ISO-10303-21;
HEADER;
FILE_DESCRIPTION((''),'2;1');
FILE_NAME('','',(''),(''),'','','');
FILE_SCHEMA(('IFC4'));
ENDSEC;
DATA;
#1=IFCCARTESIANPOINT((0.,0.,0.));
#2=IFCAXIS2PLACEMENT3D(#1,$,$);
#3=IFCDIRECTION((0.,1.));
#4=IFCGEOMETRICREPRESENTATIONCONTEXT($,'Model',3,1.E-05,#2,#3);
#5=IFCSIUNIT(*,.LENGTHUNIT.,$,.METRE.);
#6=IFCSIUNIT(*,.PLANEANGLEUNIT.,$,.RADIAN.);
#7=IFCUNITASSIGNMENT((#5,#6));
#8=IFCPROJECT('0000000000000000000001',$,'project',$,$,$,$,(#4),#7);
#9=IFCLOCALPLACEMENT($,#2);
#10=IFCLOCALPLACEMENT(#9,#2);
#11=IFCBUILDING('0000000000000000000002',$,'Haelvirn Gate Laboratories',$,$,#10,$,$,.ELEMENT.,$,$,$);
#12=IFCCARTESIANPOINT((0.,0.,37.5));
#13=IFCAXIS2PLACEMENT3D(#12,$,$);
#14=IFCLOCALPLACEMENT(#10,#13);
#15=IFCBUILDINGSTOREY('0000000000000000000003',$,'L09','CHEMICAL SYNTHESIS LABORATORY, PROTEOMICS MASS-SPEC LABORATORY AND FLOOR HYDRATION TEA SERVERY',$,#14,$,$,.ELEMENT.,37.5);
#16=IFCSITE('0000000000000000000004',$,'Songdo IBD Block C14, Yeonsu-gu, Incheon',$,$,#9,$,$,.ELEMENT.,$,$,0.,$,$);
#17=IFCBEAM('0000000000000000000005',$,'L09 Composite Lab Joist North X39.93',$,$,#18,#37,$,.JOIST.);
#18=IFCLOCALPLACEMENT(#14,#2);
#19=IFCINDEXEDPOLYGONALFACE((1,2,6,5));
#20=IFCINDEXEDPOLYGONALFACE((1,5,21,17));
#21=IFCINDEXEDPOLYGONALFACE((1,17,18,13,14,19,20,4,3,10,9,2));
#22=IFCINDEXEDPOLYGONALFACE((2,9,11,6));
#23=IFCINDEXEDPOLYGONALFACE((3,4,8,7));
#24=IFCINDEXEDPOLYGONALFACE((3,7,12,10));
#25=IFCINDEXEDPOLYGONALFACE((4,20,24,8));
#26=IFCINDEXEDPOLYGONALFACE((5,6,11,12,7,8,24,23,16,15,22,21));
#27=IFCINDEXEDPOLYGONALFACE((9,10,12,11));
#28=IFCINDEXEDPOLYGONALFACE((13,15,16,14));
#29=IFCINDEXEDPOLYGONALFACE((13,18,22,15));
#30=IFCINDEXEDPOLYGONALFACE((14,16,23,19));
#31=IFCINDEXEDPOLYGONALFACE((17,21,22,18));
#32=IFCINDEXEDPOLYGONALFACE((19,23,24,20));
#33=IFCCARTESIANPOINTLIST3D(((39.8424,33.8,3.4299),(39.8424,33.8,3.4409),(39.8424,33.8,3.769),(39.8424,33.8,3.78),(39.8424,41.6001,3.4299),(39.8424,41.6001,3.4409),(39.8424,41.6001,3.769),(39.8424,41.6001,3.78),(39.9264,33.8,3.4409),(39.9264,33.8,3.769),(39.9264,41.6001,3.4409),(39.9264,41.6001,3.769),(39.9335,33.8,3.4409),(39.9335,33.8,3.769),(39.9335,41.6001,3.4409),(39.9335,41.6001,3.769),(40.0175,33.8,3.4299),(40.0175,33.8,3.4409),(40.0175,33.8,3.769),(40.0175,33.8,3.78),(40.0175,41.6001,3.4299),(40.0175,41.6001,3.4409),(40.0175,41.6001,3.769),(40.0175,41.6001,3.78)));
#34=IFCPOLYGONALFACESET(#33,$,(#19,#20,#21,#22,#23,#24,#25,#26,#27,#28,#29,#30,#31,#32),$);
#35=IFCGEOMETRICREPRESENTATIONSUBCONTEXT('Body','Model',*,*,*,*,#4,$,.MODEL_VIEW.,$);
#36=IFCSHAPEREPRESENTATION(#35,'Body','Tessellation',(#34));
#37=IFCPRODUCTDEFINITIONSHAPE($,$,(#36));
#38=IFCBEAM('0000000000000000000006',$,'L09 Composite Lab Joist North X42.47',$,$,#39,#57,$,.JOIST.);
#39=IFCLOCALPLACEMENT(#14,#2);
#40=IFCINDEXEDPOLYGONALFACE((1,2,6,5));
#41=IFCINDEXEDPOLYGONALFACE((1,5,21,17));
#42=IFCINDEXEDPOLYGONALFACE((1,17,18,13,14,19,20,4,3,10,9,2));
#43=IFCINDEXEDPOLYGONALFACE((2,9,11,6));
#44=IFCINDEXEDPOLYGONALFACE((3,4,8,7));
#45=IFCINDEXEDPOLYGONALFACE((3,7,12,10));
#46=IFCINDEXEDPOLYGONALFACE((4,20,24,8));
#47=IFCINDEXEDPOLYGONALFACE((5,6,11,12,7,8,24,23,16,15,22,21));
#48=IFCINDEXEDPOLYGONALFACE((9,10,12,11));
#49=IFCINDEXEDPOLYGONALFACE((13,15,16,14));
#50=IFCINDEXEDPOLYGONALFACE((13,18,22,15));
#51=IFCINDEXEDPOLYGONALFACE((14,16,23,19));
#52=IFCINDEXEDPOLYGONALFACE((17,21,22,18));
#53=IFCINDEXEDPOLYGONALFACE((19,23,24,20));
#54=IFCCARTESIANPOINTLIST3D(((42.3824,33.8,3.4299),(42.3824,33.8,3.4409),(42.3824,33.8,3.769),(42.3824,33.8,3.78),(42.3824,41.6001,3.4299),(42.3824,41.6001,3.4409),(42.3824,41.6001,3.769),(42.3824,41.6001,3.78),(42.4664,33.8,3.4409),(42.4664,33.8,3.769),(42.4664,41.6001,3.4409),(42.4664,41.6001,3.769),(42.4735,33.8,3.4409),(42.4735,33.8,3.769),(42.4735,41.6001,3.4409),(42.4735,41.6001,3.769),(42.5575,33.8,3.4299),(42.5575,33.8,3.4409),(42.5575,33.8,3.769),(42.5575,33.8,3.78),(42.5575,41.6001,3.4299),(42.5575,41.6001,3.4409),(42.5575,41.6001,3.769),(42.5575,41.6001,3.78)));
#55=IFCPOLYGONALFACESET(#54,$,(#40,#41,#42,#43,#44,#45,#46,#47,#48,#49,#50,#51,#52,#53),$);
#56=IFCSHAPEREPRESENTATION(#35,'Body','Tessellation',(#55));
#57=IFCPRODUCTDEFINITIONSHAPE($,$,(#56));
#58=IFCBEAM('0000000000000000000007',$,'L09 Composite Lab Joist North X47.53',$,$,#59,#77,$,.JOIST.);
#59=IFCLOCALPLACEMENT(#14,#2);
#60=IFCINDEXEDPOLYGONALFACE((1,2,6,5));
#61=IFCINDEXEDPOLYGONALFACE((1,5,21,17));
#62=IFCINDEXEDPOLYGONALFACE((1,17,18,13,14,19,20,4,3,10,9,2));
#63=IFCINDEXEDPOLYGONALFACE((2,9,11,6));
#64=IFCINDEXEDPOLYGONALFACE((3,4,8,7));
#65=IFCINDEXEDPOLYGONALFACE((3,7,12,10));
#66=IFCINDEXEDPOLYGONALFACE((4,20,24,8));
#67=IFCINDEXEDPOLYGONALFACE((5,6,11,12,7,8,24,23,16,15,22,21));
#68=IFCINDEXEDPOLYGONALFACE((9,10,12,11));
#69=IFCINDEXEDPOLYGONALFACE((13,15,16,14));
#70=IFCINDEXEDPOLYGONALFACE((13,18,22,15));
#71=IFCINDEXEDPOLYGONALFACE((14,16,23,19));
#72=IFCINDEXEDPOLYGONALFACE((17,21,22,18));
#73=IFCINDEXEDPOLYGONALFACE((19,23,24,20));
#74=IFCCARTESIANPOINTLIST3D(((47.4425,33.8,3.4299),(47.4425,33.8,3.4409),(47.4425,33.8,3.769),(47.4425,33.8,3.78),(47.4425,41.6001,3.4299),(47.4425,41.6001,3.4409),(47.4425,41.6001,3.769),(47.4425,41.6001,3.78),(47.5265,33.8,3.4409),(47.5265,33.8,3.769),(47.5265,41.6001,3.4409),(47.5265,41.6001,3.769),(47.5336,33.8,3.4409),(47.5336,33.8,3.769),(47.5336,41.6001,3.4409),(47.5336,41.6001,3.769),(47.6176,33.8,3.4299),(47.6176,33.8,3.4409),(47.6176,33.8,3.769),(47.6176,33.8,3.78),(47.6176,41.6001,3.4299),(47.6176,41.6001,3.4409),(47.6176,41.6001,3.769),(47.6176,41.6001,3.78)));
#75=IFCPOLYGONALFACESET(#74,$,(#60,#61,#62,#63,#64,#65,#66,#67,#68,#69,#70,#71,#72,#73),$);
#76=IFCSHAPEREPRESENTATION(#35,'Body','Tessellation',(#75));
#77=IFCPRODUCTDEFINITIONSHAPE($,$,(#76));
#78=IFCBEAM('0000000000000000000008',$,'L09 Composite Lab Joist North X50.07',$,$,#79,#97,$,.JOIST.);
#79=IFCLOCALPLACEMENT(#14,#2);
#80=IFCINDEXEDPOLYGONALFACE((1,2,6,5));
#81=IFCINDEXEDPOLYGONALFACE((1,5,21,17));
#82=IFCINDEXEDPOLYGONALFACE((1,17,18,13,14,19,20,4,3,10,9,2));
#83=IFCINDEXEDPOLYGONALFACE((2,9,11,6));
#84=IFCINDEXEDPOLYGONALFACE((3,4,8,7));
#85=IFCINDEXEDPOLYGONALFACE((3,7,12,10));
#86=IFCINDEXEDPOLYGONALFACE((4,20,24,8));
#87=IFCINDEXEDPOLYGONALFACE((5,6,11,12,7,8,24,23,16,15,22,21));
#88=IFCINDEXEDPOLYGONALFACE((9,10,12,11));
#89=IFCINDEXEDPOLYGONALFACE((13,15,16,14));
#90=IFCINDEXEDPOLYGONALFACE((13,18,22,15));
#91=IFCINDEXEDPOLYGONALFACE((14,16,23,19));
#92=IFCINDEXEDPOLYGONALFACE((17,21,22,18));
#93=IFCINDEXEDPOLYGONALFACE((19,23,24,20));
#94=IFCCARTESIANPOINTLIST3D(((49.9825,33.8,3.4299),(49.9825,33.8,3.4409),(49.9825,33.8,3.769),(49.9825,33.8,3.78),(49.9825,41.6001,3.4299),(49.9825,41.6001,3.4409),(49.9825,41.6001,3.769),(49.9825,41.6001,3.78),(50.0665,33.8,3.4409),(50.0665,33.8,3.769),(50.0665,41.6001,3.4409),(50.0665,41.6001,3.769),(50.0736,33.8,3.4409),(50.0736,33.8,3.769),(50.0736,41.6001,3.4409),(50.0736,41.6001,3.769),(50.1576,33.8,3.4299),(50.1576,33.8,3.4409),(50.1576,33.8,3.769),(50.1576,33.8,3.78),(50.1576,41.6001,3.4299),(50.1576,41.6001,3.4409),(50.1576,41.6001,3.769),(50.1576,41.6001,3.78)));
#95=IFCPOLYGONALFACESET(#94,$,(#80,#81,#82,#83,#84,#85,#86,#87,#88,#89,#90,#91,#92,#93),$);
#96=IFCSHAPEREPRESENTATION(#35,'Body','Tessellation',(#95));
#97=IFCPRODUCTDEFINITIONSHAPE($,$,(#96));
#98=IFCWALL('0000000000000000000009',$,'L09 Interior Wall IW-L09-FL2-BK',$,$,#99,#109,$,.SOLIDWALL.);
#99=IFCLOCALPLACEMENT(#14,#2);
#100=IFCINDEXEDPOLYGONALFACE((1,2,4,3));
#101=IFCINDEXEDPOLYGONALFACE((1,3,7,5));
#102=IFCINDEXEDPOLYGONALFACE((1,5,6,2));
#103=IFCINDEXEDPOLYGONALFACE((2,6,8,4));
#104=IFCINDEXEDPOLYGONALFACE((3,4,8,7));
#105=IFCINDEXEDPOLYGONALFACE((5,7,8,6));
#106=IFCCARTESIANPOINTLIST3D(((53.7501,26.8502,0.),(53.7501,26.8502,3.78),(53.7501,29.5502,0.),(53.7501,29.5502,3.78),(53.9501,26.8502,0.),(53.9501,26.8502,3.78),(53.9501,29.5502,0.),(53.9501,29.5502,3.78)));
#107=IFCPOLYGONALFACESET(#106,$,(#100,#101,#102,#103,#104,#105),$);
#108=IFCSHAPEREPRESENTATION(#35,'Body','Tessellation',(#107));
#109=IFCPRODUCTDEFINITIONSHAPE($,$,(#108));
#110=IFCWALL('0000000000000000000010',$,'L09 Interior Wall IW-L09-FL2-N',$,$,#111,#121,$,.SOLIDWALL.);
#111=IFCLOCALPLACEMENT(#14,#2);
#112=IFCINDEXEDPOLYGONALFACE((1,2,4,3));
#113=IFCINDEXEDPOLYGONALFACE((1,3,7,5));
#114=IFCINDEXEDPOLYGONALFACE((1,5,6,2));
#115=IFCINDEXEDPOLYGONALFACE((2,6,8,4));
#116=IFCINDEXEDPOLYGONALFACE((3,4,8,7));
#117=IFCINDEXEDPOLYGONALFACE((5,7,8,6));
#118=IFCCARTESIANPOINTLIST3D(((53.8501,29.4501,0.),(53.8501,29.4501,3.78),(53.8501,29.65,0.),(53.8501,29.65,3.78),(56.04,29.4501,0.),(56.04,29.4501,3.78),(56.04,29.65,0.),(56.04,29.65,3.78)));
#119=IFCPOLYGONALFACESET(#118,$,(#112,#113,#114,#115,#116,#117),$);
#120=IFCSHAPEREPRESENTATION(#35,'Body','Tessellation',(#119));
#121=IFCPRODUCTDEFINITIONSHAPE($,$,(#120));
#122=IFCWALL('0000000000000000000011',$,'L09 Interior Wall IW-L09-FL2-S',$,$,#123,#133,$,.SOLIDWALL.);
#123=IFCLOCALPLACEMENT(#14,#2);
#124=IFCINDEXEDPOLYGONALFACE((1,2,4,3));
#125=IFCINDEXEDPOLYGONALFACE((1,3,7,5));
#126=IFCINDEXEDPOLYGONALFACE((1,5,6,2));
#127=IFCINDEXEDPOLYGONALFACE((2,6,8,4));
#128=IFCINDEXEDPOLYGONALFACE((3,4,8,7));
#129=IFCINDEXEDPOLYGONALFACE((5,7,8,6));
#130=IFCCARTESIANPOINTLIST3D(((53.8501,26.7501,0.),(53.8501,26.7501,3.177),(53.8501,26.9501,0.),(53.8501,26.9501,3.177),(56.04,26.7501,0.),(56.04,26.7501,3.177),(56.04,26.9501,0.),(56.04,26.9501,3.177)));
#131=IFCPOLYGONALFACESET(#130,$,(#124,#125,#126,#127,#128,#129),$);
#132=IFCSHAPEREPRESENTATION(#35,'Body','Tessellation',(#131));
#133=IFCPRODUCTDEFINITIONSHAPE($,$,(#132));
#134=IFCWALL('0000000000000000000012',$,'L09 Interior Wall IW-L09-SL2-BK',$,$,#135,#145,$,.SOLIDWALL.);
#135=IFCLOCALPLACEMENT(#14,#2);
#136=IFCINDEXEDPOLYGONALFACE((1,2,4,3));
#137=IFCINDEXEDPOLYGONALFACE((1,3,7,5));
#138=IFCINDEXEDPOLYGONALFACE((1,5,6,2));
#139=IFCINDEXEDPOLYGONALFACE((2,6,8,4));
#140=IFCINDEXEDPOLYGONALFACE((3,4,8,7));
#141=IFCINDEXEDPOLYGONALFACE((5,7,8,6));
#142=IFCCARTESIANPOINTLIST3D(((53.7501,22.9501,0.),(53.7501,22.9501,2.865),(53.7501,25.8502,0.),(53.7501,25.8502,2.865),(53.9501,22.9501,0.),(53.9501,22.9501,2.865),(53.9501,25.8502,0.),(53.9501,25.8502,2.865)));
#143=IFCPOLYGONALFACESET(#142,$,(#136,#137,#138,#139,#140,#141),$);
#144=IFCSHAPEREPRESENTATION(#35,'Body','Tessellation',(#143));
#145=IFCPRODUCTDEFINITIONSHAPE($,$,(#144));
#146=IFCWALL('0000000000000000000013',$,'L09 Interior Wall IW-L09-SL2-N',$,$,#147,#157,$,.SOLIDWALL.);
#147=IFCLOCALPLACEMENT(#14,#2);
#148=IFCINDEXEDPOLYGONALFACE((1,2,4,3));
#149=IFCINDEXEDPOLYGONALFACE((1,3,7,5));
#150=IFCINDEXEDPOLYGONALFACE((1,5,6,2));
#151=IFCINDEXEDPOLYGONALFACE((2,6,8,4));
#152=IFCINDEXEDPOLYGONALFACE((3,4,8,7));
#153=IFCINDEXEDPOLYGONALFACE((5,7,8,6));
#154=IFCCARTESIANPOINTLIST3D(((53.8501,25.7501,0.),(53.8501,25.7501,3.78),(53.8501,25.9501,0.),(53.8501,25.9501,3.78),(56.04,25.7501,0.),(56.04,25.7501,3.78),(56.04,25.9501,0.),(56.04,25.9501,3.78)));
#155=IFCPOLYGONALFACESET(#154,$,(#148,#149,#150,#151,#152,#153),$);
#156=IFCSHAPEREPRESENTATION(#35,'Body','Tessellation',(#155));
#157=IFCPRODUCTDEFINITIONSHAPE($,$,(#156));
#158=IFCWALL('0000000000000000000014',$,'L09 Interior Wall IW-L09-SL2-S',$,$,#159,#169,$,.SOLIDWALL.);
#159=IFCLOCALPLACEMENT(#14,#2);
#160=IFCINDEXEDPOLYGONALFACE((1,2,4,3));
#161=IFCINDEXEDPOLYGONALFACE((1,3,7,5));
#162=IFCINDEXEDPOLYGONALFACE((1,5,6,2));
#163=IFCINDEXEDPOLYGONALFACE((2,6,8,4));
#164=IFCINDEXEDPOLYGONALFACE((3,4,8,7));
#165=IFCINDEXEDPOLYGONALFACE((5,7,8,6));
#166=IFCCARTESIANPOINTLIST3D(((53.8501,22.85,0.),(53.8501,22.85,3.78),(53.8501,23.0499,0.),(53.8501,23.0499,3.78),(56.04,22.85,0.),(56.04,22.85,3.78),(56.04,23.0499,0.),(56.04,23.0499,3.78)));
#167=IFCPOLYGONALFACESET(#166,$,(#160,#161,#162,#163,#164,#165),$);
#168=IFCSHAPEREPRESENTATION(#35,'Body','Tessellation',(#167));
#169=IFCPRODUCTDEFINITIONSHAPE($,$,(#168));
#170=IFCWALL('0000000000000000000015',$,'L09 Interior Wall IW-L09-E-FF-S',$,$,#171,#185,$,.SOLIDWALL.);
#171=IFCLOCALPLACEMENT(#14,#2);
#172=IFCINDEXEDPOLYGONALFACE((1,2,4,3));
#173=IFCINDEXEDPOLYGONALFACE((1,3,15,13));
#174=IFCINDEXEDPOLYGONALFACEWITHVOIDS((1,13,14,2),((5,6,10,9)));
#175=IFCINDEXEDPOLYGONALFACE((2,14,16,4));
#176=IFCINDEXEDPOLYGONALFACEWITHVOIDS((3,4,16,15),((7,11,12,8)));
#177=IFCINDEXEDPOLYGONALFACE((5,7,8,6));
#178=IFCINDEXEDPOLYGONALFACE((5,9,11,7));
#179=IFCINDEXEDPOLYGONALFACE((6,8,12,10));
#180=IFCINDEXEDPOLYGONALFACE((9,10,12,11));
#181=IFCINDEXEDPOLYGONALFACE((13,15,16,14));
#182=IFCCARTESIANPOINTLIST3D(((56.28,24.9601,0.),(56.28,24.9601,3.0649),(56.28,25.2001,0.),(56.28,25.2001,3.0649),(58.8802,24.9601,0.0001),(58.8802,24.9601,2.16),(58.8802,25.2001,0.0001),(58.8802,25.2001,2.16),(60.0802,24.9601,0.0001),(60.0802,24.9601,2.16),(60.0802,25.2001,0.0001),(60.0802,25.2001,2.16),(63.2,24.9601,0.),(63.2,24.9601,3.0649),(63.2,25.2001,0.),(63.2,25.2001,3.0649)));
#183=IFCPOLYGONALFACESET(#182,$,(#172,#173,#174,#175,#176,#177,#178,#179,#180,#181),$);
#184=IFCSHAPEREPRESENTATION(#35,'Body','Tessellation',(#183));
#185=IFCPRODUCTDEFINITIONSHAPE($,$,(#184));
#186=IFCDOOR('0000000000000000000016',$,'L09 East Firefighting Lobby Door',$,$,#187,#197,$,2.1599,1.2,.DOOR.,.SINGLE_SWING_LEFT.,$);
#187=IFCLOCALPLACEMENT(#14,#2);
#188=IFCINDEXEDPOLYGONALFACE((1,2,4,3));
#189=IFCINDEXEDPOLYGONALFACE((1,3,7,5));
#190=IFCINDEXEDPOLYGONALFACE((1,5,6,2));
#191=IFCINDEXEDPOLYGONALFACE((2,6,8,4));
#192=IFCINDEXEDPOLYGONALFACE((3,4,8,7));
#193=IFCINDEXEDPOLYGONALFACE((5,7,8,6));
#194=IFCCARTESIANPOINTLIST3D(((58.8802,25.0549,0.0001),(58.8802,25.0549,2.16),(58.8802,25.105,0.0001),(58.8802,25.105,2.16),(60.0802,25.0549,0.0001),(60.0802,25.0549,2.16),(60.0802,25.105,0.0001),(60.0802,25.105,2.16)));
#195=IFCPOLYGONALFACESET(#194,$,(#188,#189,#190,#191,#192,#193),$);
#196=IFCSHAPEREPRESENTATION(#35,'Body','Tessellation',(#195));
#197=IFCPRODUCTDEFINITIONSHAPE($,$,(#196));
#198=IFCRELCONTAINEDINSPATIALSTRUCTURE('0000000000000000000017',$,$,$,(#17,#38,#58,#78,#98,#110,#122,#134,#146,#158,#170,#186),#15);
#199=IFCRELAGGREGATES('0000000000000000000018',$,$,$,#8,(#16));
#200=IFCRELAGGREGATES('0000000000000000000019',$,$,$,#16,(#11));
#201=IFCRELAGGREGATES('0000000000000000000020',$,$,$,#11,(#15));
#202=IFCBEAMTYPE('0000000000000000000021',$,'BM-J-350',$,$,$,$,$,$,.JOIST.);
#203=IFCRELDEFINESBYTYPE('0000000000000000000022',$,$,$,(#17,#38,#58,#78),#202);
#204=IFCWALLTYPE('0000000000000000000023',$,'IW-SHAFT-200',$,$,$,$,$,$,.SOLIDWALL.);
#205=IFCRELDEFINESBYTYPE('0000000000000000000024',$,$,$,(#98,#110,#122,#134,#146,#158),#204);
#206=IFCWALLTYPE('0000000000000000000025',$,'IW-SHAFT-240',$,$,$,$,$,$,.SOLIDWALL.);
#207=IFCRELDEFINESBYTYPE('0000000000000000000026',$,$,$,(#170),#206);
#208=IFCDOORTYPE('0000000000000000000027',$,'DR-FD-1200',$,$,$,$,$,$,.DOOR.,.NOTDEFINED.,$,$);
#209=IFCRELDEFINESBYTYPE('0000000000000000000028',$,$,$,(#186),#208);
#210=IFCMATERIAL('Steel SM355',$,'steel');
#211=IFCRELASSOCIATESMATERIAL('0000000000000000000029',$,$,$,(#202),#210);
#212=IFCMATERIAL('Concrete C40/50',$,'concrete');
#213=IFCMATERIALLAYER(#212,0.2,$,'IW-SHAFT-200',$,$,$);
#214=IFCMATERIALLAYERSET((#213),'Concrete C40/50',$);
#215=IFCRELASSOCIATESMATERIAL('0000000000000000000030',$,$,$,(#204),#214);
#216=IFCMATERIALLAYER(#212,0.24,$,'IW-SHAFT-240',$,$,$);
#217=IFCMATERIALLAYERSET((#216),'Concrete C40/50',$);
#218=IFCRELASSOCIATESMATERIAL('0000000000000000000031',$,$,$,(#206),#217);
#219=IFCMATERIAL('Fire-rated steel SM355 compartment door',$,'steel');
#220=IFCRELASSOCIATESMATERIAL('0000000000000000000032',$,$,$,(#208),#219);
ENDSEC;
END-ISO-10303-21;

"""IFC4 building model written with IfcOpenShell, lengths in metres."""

from ifc_helpers import new_model, si_unit, direction, frame, frame_2d, origin, origin_2d, place, context, subcontext, project, spatial, rectangle, i_section, extrude, source, transform, mapped, material, layer, layer_set, material_profile, profile_set, type_object, type_shapes, element, fill, save


model = new_model("IFC4")

# Units and contexts
model_context = context("Model", 3, precision=1e-05, world=origin(), true_north=direction((0.0, 1.0)))
body_context = subcontext(model_context, "Body", "Model", "MODEL_VIEW")
ifc_project = project(units=[si_unit("LENGTHUNIT", "METRE"), si_unit("PLANEANGLEUNIT", "RADIAN")], contexts=[model_context])

# Site, building, storey
site_placement = place(None, origin())
site = spatial("IfcSite", under=ifc_project, at=site_placement, Name="Songdo IBD Block C14, Yeonsu-gu, Incheon", CompositionType="ELEMENT", RefElevation=0.0)
building_placement = place(site_placement, origin())
building = spatial("IfcBuilding", under=site, at=building_placement, Name="Haelvirn Gate Laboratories", CompositionType="ELEMENT")
storey_placement = place(building_placement, frame((0.0, 0.0, 37.5)))
storey = spatial("IfcBuildingStorey", under=building, at=storey_placement, Name="L09", Description="CHEMICAL SYNTHESIS LABORATORY, PROTEOMICS MASS-SPEC LABORATORY AND FLOOR HYDRATION TEA SERVERY", CompositionType="ELEMENT", Elevation=37.5)

# Beams
ifc_material_1 = material(Name="Steel SM355", Category="steel")
ifc_material_profile_1 = material_profile(ifc_material_1, i_section(OverallWidth=0.175, OverallDepth=0.3501, WebThickness=0.0071, FlangeThickness=0.011, at=origin_2d()), Name="H-350x175x7x11")
ifc_profile_set_1 = profile_set([ifc_material_profile_1], Name="Steel SM355")
beam_type_1 = type_object("IfcBeamType", Name="BM-J-350", PredefinedType="JOIST", material=ifc_profile_set_1)
shared_shape_1 = source(origin(), body_context, "Body", "SweptSolid", [
    extrude(i_section(OverallWidth=0.175, OverallDepth=0.3501, WebThickness=0.0071, FlangeThickness=0.011, at=origin_2d()), origin(), (0.0, 0.0, 1.0), 7.8),
])
type_shapes(beam_type_1, [shared_shape_1])
for number, where, z_axis, x_axis, name in (
    (1, (39.9299, 33.8, 3.605), (0.0, 1.0, 0.0), (-1.0, 0.0, 0.0), "L09 Composite Lab Joist North X39.93"),
    (2, (42.47, 33.8, 3.605), (0.0, 1.0, 0.0), (-1.0, 0.0, 0.0), "L09 Composite Lab Joist North X42.47"),
    (3, (47.53, 33.8, 3.605), (0.0, 1.0, 0.0), (-1.0, 0.0, 0.0), "L09 Composite Lab Joist North X47.53"),
    (4, (50.0701, 33.8, 3.605), (0.0, 1.0, 0.0), (-1.0, 0.0, 0.0), "L09 Composite Lab Joist North X50.07"),
):
    element("IfcBeam", number, at=place(storey_placement, frame(where, z_axis=z_axis, x_axis=x_axis)), inside=storey, type_object=beam_type_1, Name=name, PredefinedType="JOIST", context=body_context, shape_type="MappedRepresentation", body=[
        mapped(shared_shape_1, transform((0.0, 0.0, 0.0), scale=1.0)),
    ])

# Walls
ifc_material_2 = material(Name="Concrete C40/50", Category="concrete")
ifc_layer_1 = layer(ifc_material_2, 0.2, Name="IW-SHAFT-200")
ifc_layer_set_1 = layer_set([ifc_layer_1], Name="Concrete C40/50")
wall_type_1 = type_object("IfcWallType", Name="IW-SHAFT-200", PredefinedType="SOLIDWALL", material=ifc_layer_set_1)
wall_1_placement = place(storey_placement, frame((53.8501, 26.8501, 0.0), z_axis=(0.0, 0.0, 1.0), x_axis=(0.0, 1.0, 0.0)))
element("IfcWall", 5, at=wall_1_placement, inside=storey, type_object=wall_type_1, Name="L09 Interior Wall IW-L09-FL2-BK", PredefinedType="SOLIDWALL", context=body_context, shape_type="SweptSolid", body=[
    extrude(rectangle(XDim=2.7, YDim=0.2, at=frame_2d((1.3501, 0.0))), origin(), (0.0, 0.0, 1.0), 3.78),
])
wall_2_placement = place(storey_placement, frame((53.8501, 29.55, 0.0), z_axis=(0.0, 0.0, 1.0), x_axis=(1.0, 0.0, 0.0)))
element("IfcWall", 6, at=wall_2_placement, inside=storey, type_object=wall_type_1, Name="L09 Interior Wall IW-L09-FL2-N", PredefinedType="SOLIDWALL", context=body_context, shape_type="SweptSolid", body=[
    extrude(rectangle(XDim=2.1899, YDim=0.2, at=frame_2d((1.095, 0.0))), origin(), (0.0, 0.0, 1.0), 3.78),
])
wall_3_placement = place(storey_placement, frame((53.8501, 26.8501, 0.0), z_axis=(0.0, 0.0, 1.0), x_axis=(1.0, 0.0, 0.0)))
element("IfcWall", 7, at=wall_3_placement, inside=storey, type_object=wall_type_1, Name="L09 Interior Wall IW-L09-FL2-S", PredefinedType="SOLIDWALL", context=body_context, shape_type="SweptSolid", body=[
    extrude(rectangle(XDim=2.1899, YDim=0.2, at=frame_2d((1.095, 0.0))), origin(), (0.0, 0.0, 1.0), 3.177),
])
wall_4_placement = place(storey_placement, frame((53.8501, 22.95, 0.0), z_axis=(0.0, 0.0, 1.0), x_axis=(0.0, 1.0, 0.0)))
element("IfcWall", 8, at=wall_4_placement, inside=storey, type_object=wall_type_1, Name="L09 Interior Wall IW-L09-SL2-BK", PredefinedType="SOLIDWALL", context=body_context, shape_type="SweptSolid", body=[
    extrude(rectangle(XDim=2.9001, YDim=0.2, at=frame_2d((1.4502, 0.0))), origin(), (0.0, 0.0, 1.0), 2.865),
])
for number, where, z_axis, x_axis, name in (
    (9, (53.8501, 25.8501, 0.0), (0.0, 0.0, 1.0), (1.0, 0.0, 0.0), "L09 Interior Wall IW-L09-SL2-N"),
    (10, (53.8501, 22.95, 0.0), (0.0, 0.0, 1.0), (1.0, 0.0, 0.0), "L09 Interior Wall IW-L09-SL2-S"),
):
    element("IfcWall", number, at=place(storey_placement, frame(where, z_axis=z_axis, x_axis=x_axis)), inside=storey, type_object=wall_type_1, Name=name, PredefinedType="SOLIDWALL", context=body_context, shape_type="SweptSolid", body=[
        extrude(rectangle(XDim=2.1899, YDim=0.2, at=frame_2d((1.095, 0.0))), origin(), (0.0, 0.0, 1.0), 3.78),
    ])

# Wall, opening, door
ifc_layer_2 = layer(ifc_material_2, 0.24, Name="IW-SHAFT-240")
ifc_layer_set_2 = layer_set([ifc_layer_2], Name="Concrete C40/50")
wall_type_2 = type_object("IfcWallType", Name="IW-SHAFT-240", PredefinedType="SOLIDWALL", material=ifc_layer_set_2)
wall_5_placement = place(storey_placement, frame((56.28, 25.0801, 0.0), z_axis=(0.0, 0.0, 1.0), x_axis=(1.0, 0.0, 0.0)))
wall_5 = element("IfcWall", 11, at=wall_5_placement, inside=storey, type_object=wall_type_2, Name="L09 Interior Wall IW-L09-E-FF-S", PredefinedType="SOLIDWALL", context=body_context, shape_type="SweptSolid", body=[
    extrude(rectangle(XDim=6.9199, YDim=0.24, at=frame_2d((3.46, 0.0))), origin(), (0.0, 0.0, 1.0), 3.0649),
])
opening_placement = place(wall_5_placement, frame((2.6001, 0.0, 0.0)))
opening = element("IfcOpeningElement", 12, at=opening_placement, cuts=wall_5, PredefinedType="OPENING", context=body_context, shape_type="SweptSolid", body=[
    extrude(rectangle(XDim=1.2, YDim=2.1599, at=frame_2d((0.6001, 1.0801))), frame((0.0, 0.1299, 0.0), z_axis=(0.0, -1.0, 0.0), x_axis=(1.0, 0.0, 0.0)), (0.0, 0.0, 1.0), 0.26),
])
ifc_material_3 = material(Name="Fire-rated steel SM355 compartment door", Category="steel")
door_type = type_object("IfcDoorType", Name="DR-FD-1200", OperationType="NOTDEFINED", PredefinedType="DOOR", material=ifc_material_3)
shared_shape_2 = source(origin(), body_context, "Body", "SweptSolid", [
    extrude(rectangle(XDim=1.2, YDim=2.1599, at=frame_2d((0.6001, 1.0801))), frame((0.0, 0.0249, 0.0), z_axis=(0.0, -1.0, 0.0), x_axis=(1.0, 0.0, 0.0)), (0.0, 0.0, 1.0), 0.05),
])
type_shapes(door_type, [shared_shape_2])
door_placement = place(opening_placement, origin())
door = element("IfcDoor", 13, at=door_placement, inside=storey, type_object=door_type, Name="L09 East Firefighting Lobby Door", OperationType="SINGLE_SWING_LEFT", OverallHeight=2.1599, OverallWidth=1.2, PredefinedType="DOOR", context=body_context, shape_type="MappedRepresentation", body=[
    mapped(shared_shape_2, transform((0.0, 0.0, 0.0), scale=1.0)),
])
fill(opening, door)

save(model, "model.ifc")
